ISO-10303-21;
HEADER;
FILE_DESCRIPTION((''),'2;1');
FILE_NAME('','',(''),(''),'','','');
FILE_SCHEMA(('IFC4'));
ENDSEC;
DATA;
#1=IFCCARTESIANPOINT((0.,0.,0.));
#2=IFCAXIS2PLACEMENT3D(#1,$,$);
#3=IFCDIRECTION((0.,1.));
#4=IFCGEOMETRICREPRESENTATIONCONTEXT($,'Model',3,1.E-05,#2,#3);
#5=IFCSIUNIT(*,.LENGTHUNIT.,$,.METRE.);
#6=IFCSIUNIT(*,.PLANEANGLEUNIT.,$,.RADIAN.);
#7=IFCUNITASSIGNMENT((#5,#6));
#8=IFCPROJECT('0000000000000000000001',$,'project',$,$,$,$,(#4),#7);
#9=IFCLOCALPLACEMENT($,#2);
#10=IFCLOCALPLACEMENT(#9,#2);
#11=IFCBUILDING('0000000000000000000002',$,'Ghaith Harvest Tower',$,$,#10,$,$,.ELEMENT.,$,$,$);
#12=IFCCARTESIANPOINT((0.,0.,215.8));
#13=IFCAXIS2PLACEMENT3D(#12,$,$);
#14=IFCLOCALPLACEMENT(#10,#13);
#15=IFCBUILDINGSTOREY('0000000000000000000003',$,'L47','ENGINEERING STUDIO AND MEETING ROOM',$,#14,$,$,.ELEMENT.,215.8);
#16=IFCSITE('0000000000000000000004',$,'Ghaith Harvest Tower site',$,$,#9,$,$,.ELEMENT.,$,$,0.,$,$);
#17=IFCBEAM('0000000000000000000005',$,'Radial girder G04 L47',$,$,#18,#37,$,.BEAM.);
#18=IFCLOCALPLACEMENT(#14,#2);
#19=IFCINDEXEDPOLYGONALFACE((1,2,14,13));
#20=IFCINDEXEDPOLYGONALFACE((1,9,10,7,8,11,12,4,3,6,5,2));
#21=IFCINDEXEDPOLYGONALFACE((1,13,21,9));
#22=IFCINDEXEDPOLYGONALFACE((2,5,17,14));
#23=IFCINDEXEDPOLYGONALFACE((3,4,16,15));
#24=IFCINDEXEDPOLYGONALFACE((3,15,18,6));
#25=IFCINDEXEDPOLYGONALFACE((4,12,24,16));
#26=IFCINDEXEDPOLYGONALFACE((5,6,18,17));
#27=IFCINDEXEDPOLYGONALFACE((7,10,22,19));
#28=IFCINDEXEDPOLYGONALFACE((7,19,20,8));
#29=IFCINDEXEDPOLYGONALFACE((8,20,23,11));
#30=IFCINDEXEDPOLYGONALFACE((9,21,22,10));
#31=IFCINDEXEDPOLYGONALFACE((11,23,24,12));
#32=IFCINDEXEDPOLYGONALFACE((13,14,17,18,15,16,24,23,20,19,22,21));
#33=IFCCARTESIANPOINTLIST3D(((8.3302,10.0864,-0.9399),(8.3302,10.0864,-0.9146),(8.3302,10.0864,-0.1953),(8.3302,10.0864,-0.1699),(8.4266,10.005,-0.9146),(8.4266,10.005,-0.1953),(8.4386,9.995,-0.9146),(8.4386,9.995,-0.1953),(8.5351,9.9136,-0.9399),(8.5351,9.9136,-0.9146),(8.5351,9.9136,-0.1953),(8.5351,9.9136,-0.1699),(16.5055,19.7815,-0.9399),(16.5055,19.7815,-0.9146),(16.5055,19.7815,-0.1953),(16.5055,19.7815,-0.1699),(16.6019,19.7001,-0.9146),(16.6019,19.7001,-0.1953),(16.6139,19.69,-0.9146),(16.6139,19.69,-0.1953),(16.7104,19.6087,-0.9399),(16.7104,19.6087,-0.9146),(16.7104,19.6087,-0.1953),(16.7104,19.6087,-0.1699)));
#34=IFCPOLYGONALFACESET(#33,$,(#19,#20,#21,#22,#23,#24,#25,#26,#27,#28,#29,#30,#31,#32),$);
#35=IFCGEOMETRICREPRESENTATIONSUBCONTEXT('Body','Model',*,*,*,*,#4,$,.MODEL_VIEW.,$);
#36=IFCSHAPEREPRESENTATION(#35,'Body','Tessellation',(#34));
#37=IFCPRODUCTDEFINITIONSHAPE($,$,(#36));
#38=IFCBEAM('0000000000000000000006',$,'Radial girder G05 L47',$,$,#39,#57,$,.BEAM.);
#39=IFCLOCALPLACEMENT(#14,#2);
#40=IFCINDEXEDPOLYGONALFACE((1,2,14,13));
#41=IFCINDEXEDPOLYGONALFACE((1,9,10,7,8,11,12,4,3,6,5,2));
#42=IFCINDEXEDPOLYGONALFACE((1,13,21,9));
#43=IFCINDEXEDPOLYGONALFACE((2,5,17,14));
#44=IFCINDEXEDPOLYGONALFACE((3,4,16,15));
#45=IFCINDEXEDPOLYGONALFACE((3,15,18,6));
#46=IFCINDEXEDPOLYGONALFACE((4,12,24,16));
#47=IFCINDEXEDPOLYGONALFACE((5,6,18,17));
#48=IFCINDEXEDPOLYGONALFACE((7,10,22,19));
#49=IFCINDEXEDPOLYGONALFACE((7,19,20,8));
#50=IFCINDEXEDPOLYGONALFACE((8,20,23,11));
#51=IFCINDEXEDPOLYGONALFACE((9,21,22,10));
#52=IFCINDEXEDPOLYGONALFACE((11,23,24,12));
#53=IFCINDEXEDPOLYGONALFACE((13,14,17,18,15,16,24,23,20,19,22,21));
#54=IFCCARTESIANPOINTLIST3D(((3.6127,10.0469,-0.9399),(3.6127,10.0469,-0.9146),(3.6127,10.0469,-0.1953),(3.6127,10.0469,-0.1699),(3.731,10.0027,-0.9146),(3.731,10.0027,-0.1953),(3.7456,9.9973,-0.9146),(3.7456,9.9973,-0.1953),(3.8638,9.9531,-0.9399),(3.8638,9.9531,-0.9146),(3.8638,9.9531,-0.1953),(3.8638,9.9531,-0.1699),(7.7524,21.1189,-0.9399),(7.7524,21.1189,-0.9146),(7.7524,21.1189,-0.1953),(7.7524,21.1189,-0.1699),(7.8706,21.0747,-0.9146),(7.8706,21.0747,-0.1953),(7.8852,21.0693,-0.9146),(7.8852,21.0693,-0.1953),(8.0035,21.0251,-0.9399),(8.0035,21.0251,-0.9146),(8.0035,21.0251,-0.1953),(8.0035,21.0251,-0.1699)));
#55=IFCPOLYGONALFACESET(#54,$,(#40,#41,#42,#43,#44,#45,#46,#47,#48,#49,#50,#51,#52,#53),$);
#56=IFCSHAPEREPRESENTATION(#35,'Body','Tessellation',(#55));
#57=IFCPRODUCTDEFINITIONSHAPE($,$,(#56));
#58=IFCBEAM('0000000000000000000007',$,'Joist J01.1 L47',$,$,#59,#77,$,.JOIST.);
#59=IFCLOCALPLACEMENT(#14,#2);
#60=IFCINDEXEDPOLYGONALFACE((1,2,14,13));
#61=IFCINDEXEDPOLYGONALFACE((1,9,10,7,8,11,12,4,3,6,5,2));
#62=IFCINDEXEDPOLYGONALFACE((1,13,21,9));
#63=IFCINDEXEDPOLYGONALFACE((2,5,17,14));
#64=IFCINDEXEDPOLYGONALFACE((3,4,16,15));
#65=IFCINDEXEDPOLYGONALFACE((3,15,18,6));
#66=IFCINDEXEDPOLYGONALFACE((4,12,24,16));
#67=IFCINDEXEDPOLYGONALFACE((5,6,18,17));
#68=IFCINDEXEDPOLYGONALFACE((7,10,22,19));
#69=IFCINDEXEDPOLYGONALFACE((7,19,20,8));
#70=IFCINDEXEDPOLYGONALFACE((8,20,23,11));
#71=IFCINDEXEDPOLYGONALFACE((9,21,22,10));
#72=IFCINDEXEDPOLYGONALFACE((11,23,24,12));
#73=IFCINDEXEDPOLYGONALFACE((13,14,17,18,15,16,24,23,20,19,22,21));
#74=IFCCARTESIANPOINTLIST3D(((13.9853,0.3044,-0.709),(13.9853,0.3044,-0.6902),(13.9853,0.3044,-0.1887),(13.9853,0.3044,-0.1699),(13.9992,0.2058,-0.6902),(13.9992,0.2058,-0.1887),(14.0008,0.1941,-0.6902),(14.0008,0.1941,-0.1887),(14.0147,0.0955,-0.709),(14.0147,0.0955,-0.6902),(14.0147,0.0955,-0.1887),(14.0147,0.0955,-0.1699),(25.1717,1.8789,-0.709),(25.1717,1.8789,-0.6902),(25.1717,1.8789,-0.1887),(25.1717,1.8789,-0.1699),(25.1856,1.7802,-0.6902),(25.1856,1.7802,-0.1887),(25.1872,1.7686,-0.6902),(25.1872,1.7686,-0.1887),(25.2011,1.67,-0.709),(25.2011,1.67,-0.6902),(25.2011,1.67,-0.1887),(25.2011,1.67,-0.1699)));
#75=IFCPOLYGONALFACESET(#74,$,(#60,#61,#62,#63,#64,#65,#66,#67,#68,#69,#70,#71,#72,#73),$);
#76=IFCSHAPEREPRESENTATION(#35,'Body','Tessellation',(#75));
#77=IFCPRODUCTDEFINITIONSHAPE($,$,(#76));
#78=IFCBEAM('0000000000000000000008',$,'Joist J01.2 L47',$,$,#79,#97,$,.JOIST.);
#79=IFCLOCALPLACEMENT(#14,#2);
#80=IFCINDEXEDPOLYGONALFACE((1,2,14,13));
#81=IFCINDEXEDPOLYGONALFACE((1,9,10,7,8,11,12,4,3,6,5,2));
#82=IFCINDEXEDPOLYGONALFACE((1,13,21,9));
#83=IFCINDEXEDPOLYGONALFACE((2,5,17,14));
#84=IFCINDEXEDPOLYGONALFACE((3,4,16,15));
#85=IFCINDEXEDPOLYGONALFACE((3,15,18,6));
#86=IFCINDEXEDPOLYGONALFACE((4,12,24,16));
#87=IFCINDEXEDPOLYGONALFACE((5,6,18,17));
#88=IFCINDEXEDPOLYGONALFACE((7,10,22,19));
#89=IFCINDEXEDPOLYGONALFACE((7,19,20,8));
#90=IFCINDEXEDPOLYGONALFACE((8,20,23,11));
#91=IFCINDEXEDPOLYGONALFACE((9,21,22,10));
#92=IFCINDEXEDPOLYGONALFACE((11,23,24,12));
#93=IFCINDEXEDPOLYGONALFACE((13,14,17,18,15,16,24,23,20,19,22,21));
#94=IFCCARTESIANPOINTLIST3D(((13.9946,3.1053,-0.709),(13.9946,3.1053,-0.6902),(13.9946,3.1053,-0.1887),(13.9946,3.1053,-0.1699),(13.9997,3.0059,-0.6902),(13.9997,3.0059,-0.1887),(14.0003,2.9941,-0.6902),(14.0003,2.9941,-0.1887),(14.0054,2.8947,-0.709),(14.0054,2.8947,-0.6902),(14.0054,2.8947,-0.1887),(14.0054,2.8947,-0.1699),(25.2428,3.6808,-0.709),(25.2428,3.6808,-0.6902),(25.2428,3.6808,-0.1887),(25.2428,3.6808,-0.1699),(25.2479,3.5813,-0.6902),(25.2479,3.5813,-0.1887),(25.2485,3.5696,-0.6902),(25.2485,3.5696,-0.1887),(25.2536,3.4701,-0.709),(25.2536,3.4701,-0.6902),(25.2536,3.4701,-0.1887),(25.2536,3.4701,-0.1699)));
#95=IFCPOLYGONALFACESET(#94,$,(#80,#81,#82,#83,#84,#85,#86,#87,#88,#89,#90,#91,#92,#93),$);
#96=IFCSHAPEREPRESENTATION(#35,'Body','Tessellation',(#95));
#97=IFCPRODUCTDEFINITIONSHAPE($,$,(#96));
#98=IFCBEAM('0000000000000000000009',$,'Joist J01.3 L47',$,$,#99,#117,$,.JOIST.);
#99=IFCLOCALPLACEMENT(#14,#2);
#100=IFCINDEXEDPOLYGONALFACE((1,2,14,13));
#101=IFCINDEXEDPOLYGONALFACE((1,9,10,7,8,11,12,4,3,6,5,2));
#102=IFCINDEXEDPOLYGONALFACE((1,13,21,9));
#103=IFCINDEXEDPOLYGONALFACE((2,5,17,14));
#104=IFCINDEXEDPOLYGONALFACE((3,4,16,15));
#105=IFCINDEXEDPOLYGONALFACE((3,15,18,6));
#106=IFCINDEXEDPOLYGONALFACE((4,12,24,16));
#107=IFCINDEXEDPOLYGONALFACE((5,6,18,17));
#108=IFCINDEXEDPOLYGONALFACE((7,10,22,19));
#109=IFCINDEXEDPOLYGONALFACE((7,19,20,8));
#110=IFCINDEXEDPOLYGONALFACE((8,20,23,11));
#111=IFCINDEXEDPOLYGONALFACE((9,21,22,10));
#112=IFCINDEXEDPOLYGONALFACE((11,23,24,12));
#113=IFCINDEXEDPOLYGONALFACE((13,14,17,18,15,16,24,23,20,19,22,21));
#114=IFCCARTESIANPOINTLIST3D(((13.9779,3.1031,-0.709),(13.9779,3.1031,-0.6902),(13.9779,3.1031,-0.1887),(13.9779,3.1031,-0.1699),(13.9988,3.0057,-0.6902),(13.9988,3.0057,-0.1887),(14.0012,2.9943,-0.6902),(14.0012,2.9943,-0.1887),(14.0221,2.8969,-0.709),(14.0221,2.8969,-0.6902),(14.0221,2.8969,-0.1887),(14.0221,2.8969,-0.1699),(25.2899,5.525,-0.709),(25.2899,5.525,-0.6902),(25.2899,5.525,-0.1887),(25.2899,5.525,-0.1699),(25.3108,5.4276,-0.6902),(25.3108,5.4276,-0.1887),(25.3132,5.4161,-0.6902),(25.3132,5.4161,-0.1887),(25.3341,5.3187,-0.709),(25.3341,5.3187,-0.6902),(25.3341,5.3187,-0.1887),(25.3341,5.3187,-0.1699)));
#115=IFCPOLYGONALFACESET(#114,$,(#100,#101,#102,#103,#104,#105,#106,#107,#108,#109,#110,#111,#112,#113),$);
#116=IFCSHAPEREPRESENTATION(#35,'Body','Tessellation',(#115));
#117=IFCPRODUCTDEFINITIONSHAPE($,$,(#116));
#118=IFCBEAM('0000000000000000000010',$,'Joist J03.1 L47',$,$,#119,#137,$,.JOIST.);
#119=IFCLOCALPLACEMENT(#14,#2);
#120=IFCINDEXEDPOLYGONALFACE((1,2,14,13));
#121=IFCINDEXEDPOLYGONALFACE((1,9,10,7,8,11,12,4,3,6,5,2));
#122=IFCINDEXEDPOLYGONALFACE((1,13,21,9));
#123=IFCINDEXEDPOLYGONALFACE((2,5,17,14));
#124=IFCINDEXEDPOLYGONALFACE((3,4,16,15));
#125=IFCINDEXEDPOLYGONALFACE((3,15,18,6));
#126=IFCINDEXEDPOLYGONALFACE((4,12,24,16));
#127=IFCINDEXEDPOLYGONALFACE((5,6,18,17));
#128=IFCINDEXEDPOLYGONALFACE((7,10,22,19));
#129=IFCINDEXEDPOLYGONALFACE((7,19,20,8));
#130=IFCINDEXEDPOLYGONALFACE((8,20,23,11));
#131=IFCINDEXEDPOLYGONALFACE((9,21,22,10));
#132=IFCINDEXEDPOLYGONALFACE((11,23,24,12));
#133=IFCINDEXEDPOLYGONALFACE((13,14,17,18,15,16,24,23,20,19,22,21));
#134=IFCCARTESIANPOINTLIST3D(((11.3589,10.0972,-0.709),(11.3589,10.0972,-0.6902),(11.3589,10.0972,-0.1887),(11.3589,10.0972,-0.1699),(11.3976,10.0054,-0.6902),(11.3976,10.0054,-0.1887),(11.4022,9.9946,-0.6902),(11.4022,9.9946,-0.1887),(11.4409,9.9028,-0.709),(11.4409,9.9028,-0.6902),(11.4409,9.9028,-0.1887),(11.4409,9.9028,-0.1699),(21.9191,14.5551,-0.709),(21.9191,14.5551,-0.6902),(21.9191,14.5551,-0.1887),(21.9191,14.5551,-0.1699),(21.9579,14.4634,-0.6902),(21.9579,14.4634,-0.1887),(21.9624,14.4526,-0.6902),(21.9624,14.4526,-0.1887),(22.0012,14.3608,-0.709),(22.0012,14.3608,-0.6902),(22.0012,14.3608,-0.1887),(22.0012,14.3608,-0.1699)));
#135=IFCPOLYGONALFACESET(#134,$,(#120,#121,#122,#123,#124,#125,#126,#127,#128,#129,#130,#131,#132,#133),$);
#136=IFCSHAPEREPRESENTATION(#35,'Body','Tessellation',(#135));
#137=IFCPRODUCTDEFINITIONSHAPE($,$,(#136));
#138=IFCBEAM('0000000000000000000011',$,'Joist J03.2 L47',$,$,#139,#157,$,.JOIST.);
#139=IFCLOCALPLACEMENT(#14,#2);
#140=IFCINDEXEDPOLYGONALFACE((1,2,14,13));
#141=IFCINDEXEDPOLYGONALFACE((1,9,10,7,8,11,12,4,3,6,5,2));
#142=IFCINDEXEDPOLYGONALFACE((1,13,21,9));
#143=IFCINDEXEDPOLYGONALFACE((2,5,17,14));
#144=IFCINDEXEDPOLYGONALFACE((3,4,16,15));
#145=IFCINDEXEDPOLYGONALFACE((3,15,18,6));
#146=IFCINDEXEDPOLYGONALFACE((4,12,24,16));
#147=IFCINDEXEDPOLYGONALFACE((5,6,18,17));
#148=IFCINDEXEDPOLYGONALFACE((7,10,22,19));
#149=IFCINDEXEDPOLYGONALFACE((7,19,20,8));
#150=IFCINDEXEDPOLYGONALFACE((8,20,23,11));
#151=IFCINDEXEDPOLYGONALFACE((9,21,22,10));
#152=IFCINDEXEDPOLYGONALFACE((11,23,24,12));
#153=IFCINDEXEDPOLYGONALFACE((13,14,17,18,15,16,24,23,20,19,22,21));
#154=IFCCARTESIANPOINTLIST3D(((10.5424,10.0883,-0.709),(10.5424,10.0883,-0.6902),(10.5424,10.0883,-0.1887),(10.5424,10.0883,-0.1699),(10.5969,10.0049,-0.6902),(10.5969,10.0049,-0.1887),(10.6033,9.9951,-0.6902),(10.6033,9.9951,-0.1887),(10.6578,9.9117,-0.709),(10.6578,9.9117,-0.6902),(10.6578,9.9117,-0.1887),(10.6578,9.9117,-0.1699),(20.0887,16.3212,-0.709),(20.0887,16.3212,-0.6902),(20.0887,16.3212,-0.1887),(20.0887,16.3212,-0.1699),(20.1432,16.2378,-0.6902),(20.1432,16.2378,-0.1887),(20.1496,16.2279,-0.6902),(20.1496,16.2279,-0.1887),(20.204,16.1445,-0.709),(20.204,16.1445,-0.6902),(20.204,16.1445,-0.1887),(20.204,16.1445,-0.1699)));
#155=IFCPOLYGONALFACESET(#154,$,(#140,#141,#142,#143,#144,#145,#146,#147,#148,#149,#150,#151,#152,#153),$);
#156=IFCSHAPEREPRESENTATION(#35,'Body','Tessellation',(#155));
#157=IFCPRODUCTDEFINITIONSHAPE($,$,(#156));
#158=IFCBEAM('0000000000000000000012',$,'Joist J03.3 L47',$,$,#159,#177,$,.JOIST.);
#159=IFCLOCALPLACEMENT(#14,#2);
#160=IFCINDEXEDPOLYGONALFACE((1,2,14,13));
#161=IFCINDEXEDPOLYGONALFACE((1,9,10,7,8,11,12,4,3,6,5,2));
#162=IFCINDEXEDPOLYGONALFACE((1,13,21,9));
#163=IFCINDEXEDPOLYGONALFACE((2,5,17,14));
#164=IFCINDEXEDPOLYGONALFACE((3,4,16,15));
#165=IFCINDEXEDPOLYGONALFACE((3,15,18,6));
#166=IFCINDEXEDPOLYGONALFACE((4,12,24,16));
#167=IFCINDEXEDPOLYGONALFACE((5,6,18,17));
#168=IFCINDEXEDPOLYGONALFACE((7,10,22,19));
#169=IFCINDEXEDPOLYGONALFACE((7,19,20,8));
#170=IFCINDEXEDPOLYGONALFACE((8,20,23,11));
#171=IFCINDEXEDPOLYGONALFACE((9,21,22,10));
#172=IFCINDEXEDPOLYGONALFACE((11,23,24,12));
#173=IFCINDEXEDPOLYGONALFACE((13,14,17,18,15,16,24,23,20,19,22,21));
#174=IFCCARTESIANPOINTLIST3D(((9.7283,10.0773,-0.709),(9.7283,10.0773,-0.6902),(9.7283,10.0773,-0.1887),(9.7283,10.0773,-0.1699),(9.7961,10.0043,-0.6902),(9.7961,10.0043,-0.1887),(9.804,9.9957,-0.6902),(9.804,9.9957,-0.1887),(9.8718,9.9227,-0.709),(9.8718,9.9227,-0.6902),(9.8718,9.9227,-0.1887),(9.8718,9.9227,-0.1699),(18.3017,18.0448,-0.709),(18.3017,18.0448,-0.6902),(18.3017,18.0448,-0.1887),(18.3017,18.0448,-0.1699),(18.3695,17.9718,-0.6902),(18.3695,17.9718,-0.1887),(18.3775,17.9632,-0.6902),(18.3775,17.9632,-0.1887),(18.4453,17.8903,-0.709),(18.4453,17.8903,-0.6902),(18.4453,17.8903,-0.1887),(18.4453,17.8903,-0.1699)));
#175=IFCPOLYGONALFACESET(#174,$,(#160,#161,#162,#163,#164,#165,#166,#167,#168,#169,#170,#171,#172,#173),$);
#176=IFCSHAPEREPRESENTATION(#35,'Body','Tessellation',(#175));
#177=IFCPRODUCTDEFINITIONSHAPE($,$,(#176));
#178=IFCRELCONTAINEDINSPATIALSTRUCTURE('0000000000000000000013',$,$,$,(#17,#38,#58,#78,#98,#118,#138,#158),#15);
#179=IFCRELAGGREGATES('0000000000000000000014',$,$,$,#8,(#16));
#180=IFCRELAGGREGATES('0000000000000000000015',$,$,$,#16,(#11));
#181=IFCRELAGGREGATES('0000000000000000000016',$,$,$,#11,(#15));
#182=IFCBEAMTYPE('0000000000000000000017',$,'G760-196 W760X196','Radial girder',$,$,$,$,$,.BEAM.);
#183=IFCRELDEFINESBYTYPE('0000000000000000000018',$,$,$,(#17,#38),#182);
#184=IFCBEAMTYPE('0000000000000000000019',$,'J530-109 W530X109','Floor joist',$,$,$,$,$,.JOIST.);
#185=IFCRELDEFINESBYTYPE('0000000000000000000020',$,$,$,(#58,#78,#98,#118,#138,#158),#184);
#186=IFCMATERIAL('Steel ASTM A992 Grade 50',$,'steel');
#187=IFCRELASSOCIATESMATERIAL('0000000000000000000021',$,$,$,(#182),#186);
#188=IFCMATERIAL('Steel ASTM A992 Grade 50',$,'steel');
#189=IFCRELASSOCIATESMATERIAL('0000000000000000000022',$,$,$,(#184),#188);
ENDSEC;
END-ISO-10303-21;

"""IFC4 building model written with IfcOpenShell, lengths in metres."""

from ifc_helpers import new_model, si_unit, direction, frame, origin, origin_2d, place, context, subcontext, project, spatial, i_section, extrude, material, material_profile, profile_set, type_object, element, save


model = new_model("IFC4")

# Units and contexts
model_context = context("Model", 3, precision=1e-05, world=origin(), true_north=direction((0.0, 1.0)))
body_context = subcontext(model_context, "Body", "Model", "MODEL_VIEW")
ifc_project = project(units=[si_unit("LENGTHUNIT", "METRE"), si_unit("PLANEANGLEUNIT", "RADIAN")], contexts=[model_context])

# Site, building, storey
site_placement = place(None, origin())
site = spatial("IfcSite", under=ifc_project, at=site_placement, Name="Ghaith Harvest Tower site", CompositionType="ELEMENT", RefElevation=0.0)
building_placement = place(site_placement, origin())
building = spatial("IfcBuilding", under=site, at=building_placement, Name="Ghaith Harvest Tower", CompositionType="ELEMENT")
storey_placement = place(building_placement, frame((0.0, 0.0, 215.8)))
storey = spatial("IfcBuildingStorey", under=building, at=storey_placement, Name="L47", Description="ENGINEERING STUDIO AND MEETING ROOM", CompositionType="ELEMENT", Elevation=215.8)

# Beams
ifc_material_1 = material(Name="Steel ASTM A992 Grade 50", Category="steel")
ifc_material_profile_1 = material_profile(ifc_material_1, i_section(OverallWidth=0.2681, OverallDepth=0.77, WebThickness=0.0156, FlangeThickness=0.0254, at=origin_2d()), Name="W760X196")
ifc_profile_set_1 = profile_set([ifc_material_profile_1], Name="Steel ASTM A992 Grade 50")
beam_type_1 = type_object("IfcBeamType", Name="G760-196 W760X196", Description="Radial girder", PredefinedType="BEAM", material=ifc_profile_set_1)
beam_1_placement = place(storey_placement, frame((8.4326, 10.0, -0.5549), z_axis=(0.644644, 0.764483, 0.0), x_axis=(-0.764483, 0.644644, 0.0)))
element("IfcBeam", 1, at=beam_1_placement, inside=storey, type_object=beam_type_1, Name="Radial girder G04 L47", PredefinedType="BEAM", context=body_context, shape_type="SweptSolid", body=[
    extrude(i_section(OverallWidth=0.2681, OverallDepth=0.77, WebThickness=0.0156, FlangeThickness=0.0254, at=origin_2d()), origin(), (0.0, 0.0, 1.0), 12.6819),
])
beam_2_placement = place(storey_placement, frame((3.7383, 10.0, -0.5549), z_axis=(0.350207, 0.936672, 0.0), x_axis=(-0.936672, 0.350207, 0.0)))
element("IfcBeam", 2, at=beam_2_placement, inside=storey, type_object=beam_type_1, Name="Radial girder G05 L47", PredefinedType="BEAM", context=body_context, shape_type="SweptSolid", body=[
    extrude(i_section(OverallWidth=0.2681, OverallDepth=0.77, WebThickness=0.0156, FlangeThickness=0.0254, at=origin_2d()), origin(), (0.0, 0.0, 1.0), 11.8206),
])
ifc_material_2 = material(Name="Steel ASTM A992 Grade 50", Category="steel")
ifc_material_profile_2 = material_profile(ifc_material_2, i_section(OverallWidth=0.2109, OverallDepth=0.5391, WebThickness=0.0117, FlangeThickness=0.0188, at=origin_2d()), Name="W530X109")
ifc_profile_set_2 = profile_set([ifc_material_profile_2], Name="Steel ASTM A992 Grade 50")
beam_type_2 = type_object("IfcBeamType", Name="J530-109 W530X109", Description="Floor joist", PredefinedType="JOIST", material=ifc_profile_set_2)
beam_3_placement = place(storey_placement, frame((14.0, 0.2, -0.4395), z_axis=(0.99024, 0.139376, 0.0), x_axis=(-0.139376, 0.99024, 0.0)))
element("IfcBeam", 3, at=beam_3_placement, inside=storey, type_object=beam_type_2, Name="Joist J01.1 L47", PredefinedType="JOIST", context=body_context, shape_type="SweptSolid", body=[
    extrude(i_section(OverallWidth=0.2109, OverallDepth=0.5391, WebThickness=0.0117, FlangeThickness=0.0188, at=origin_2d()), origin(), (0.0, 0.0, 1.0), 11.2966),
])
beam_4_placement = place(storey_placement, frame((14.0, 3.0, -0.4395), z_axis=(0.998694, 0.051091, 0.0), x_axis=(-0.051091, 0.998694, 0.0)))
element("IfcBeam", 4, at=beam_4_placement, inside=storey, type_object=beam_type_2, Name="Joist J01.2 L47", PredefinedType="JOIST", context=body_context, shape_type="SweptSolid", body=[
    extrude(i_section(OverallWidth=0.2109, OverallDepth=0.5391, WebThickness=0.0117, FlangeThickness=0.0188, at=origin_2d()), origin(), (0.0, 0.0, 1.0), 11.2629),
])
beam_5_placement = place(storey_placement, frame((14.0, 3.0, -0.4395), z_axis=(0.97784, 0.209353, 0.0), x_axis=(-0.209353, 0.97784, 0.0)))
element("IfcBeam", 5, at=beam_5_placement, inside=storey, type_object=beam_type_2, Name="Joist J01.3 L47", PredefinedType="JOIST", context=body_context, shape_type="SweptSolid", body=[
    extrude(i_section(OverallWidth=0.2109, OverallDepth=0.5391, WebThickness=0.0117, FlangeThickness=0.0188, at=origin_2d()), origin(), (0.0, 0.0, 1.0), 11.5684),
])
beam_6_placement = place(storey_placement, frame((11.3999, 10.0, -0.4395), z_axis=(0.921274, 0.388914, 0.0), x_axis=(-0.388914, 0.921274, 0.0)))
element("IfcBeam", 6, at=beam_6_placement, inside=storey, type_object=beam_type_2, Name="Joist J03.1 L47", PredefinedType="JOIST", context=body_context, shape_type="SweptSolid", body=[
    extrude(i_section(OverallWidth=0.2109, OverallDepth=0.5391, WebThickness=0.0117, FlangeThickness=0.0188, at=origin_2d()), origin(), (0.0, 0.0, 1.0), 11.4626),
])
beam_7_placement = place(storey_placement, frame((10.6001, 10.0, -0.4395), z_axis=(0.837329, 0.546699, 0.0), x_axis=(-0.546699, 0.837329, 0.0)))
element("IfcBeam", 7, at=beam_7_placement, inside=storey, type_object=beam_type_2, Name="Joist J03.2 L47", PredefinedType="JOIST", context=body_context, shape_type="SweptSolid", body=[
    extrude(i_section(OverallWidth=0.2109, OverallDepth=0.5391, WebThickness=0.0117, FlangeThickness=0.0188, at=origin_2d()), origin(), (0.0, 0.0, 1.0), 11.4009),
])
beam_8_placement = place(storey_placement, frame((9.8, 10.0, -0.4395), z_axis=(0.732519, 0.680746, 0.0), x_axis=(-0.680746, 0.732519, 0.0)))
element("IfcBeam", 8, at=beam_8_placement, inside=storey, type_object=beam_type_2, Name="Joist J03.3 L47", PredefinedType="JOIST", context=body_context, shape_type="SweptSolid", body=[
    extrude(i_section(OverallWidth=0.2109, OverallDepth=0.5391, WebThickness=0.0117, FlangeThickness=0.0188, at=origin_2d()), origin(), (0.0, 0.0, 1.0), 11.7041),
])

save(model, "model.ifc")
